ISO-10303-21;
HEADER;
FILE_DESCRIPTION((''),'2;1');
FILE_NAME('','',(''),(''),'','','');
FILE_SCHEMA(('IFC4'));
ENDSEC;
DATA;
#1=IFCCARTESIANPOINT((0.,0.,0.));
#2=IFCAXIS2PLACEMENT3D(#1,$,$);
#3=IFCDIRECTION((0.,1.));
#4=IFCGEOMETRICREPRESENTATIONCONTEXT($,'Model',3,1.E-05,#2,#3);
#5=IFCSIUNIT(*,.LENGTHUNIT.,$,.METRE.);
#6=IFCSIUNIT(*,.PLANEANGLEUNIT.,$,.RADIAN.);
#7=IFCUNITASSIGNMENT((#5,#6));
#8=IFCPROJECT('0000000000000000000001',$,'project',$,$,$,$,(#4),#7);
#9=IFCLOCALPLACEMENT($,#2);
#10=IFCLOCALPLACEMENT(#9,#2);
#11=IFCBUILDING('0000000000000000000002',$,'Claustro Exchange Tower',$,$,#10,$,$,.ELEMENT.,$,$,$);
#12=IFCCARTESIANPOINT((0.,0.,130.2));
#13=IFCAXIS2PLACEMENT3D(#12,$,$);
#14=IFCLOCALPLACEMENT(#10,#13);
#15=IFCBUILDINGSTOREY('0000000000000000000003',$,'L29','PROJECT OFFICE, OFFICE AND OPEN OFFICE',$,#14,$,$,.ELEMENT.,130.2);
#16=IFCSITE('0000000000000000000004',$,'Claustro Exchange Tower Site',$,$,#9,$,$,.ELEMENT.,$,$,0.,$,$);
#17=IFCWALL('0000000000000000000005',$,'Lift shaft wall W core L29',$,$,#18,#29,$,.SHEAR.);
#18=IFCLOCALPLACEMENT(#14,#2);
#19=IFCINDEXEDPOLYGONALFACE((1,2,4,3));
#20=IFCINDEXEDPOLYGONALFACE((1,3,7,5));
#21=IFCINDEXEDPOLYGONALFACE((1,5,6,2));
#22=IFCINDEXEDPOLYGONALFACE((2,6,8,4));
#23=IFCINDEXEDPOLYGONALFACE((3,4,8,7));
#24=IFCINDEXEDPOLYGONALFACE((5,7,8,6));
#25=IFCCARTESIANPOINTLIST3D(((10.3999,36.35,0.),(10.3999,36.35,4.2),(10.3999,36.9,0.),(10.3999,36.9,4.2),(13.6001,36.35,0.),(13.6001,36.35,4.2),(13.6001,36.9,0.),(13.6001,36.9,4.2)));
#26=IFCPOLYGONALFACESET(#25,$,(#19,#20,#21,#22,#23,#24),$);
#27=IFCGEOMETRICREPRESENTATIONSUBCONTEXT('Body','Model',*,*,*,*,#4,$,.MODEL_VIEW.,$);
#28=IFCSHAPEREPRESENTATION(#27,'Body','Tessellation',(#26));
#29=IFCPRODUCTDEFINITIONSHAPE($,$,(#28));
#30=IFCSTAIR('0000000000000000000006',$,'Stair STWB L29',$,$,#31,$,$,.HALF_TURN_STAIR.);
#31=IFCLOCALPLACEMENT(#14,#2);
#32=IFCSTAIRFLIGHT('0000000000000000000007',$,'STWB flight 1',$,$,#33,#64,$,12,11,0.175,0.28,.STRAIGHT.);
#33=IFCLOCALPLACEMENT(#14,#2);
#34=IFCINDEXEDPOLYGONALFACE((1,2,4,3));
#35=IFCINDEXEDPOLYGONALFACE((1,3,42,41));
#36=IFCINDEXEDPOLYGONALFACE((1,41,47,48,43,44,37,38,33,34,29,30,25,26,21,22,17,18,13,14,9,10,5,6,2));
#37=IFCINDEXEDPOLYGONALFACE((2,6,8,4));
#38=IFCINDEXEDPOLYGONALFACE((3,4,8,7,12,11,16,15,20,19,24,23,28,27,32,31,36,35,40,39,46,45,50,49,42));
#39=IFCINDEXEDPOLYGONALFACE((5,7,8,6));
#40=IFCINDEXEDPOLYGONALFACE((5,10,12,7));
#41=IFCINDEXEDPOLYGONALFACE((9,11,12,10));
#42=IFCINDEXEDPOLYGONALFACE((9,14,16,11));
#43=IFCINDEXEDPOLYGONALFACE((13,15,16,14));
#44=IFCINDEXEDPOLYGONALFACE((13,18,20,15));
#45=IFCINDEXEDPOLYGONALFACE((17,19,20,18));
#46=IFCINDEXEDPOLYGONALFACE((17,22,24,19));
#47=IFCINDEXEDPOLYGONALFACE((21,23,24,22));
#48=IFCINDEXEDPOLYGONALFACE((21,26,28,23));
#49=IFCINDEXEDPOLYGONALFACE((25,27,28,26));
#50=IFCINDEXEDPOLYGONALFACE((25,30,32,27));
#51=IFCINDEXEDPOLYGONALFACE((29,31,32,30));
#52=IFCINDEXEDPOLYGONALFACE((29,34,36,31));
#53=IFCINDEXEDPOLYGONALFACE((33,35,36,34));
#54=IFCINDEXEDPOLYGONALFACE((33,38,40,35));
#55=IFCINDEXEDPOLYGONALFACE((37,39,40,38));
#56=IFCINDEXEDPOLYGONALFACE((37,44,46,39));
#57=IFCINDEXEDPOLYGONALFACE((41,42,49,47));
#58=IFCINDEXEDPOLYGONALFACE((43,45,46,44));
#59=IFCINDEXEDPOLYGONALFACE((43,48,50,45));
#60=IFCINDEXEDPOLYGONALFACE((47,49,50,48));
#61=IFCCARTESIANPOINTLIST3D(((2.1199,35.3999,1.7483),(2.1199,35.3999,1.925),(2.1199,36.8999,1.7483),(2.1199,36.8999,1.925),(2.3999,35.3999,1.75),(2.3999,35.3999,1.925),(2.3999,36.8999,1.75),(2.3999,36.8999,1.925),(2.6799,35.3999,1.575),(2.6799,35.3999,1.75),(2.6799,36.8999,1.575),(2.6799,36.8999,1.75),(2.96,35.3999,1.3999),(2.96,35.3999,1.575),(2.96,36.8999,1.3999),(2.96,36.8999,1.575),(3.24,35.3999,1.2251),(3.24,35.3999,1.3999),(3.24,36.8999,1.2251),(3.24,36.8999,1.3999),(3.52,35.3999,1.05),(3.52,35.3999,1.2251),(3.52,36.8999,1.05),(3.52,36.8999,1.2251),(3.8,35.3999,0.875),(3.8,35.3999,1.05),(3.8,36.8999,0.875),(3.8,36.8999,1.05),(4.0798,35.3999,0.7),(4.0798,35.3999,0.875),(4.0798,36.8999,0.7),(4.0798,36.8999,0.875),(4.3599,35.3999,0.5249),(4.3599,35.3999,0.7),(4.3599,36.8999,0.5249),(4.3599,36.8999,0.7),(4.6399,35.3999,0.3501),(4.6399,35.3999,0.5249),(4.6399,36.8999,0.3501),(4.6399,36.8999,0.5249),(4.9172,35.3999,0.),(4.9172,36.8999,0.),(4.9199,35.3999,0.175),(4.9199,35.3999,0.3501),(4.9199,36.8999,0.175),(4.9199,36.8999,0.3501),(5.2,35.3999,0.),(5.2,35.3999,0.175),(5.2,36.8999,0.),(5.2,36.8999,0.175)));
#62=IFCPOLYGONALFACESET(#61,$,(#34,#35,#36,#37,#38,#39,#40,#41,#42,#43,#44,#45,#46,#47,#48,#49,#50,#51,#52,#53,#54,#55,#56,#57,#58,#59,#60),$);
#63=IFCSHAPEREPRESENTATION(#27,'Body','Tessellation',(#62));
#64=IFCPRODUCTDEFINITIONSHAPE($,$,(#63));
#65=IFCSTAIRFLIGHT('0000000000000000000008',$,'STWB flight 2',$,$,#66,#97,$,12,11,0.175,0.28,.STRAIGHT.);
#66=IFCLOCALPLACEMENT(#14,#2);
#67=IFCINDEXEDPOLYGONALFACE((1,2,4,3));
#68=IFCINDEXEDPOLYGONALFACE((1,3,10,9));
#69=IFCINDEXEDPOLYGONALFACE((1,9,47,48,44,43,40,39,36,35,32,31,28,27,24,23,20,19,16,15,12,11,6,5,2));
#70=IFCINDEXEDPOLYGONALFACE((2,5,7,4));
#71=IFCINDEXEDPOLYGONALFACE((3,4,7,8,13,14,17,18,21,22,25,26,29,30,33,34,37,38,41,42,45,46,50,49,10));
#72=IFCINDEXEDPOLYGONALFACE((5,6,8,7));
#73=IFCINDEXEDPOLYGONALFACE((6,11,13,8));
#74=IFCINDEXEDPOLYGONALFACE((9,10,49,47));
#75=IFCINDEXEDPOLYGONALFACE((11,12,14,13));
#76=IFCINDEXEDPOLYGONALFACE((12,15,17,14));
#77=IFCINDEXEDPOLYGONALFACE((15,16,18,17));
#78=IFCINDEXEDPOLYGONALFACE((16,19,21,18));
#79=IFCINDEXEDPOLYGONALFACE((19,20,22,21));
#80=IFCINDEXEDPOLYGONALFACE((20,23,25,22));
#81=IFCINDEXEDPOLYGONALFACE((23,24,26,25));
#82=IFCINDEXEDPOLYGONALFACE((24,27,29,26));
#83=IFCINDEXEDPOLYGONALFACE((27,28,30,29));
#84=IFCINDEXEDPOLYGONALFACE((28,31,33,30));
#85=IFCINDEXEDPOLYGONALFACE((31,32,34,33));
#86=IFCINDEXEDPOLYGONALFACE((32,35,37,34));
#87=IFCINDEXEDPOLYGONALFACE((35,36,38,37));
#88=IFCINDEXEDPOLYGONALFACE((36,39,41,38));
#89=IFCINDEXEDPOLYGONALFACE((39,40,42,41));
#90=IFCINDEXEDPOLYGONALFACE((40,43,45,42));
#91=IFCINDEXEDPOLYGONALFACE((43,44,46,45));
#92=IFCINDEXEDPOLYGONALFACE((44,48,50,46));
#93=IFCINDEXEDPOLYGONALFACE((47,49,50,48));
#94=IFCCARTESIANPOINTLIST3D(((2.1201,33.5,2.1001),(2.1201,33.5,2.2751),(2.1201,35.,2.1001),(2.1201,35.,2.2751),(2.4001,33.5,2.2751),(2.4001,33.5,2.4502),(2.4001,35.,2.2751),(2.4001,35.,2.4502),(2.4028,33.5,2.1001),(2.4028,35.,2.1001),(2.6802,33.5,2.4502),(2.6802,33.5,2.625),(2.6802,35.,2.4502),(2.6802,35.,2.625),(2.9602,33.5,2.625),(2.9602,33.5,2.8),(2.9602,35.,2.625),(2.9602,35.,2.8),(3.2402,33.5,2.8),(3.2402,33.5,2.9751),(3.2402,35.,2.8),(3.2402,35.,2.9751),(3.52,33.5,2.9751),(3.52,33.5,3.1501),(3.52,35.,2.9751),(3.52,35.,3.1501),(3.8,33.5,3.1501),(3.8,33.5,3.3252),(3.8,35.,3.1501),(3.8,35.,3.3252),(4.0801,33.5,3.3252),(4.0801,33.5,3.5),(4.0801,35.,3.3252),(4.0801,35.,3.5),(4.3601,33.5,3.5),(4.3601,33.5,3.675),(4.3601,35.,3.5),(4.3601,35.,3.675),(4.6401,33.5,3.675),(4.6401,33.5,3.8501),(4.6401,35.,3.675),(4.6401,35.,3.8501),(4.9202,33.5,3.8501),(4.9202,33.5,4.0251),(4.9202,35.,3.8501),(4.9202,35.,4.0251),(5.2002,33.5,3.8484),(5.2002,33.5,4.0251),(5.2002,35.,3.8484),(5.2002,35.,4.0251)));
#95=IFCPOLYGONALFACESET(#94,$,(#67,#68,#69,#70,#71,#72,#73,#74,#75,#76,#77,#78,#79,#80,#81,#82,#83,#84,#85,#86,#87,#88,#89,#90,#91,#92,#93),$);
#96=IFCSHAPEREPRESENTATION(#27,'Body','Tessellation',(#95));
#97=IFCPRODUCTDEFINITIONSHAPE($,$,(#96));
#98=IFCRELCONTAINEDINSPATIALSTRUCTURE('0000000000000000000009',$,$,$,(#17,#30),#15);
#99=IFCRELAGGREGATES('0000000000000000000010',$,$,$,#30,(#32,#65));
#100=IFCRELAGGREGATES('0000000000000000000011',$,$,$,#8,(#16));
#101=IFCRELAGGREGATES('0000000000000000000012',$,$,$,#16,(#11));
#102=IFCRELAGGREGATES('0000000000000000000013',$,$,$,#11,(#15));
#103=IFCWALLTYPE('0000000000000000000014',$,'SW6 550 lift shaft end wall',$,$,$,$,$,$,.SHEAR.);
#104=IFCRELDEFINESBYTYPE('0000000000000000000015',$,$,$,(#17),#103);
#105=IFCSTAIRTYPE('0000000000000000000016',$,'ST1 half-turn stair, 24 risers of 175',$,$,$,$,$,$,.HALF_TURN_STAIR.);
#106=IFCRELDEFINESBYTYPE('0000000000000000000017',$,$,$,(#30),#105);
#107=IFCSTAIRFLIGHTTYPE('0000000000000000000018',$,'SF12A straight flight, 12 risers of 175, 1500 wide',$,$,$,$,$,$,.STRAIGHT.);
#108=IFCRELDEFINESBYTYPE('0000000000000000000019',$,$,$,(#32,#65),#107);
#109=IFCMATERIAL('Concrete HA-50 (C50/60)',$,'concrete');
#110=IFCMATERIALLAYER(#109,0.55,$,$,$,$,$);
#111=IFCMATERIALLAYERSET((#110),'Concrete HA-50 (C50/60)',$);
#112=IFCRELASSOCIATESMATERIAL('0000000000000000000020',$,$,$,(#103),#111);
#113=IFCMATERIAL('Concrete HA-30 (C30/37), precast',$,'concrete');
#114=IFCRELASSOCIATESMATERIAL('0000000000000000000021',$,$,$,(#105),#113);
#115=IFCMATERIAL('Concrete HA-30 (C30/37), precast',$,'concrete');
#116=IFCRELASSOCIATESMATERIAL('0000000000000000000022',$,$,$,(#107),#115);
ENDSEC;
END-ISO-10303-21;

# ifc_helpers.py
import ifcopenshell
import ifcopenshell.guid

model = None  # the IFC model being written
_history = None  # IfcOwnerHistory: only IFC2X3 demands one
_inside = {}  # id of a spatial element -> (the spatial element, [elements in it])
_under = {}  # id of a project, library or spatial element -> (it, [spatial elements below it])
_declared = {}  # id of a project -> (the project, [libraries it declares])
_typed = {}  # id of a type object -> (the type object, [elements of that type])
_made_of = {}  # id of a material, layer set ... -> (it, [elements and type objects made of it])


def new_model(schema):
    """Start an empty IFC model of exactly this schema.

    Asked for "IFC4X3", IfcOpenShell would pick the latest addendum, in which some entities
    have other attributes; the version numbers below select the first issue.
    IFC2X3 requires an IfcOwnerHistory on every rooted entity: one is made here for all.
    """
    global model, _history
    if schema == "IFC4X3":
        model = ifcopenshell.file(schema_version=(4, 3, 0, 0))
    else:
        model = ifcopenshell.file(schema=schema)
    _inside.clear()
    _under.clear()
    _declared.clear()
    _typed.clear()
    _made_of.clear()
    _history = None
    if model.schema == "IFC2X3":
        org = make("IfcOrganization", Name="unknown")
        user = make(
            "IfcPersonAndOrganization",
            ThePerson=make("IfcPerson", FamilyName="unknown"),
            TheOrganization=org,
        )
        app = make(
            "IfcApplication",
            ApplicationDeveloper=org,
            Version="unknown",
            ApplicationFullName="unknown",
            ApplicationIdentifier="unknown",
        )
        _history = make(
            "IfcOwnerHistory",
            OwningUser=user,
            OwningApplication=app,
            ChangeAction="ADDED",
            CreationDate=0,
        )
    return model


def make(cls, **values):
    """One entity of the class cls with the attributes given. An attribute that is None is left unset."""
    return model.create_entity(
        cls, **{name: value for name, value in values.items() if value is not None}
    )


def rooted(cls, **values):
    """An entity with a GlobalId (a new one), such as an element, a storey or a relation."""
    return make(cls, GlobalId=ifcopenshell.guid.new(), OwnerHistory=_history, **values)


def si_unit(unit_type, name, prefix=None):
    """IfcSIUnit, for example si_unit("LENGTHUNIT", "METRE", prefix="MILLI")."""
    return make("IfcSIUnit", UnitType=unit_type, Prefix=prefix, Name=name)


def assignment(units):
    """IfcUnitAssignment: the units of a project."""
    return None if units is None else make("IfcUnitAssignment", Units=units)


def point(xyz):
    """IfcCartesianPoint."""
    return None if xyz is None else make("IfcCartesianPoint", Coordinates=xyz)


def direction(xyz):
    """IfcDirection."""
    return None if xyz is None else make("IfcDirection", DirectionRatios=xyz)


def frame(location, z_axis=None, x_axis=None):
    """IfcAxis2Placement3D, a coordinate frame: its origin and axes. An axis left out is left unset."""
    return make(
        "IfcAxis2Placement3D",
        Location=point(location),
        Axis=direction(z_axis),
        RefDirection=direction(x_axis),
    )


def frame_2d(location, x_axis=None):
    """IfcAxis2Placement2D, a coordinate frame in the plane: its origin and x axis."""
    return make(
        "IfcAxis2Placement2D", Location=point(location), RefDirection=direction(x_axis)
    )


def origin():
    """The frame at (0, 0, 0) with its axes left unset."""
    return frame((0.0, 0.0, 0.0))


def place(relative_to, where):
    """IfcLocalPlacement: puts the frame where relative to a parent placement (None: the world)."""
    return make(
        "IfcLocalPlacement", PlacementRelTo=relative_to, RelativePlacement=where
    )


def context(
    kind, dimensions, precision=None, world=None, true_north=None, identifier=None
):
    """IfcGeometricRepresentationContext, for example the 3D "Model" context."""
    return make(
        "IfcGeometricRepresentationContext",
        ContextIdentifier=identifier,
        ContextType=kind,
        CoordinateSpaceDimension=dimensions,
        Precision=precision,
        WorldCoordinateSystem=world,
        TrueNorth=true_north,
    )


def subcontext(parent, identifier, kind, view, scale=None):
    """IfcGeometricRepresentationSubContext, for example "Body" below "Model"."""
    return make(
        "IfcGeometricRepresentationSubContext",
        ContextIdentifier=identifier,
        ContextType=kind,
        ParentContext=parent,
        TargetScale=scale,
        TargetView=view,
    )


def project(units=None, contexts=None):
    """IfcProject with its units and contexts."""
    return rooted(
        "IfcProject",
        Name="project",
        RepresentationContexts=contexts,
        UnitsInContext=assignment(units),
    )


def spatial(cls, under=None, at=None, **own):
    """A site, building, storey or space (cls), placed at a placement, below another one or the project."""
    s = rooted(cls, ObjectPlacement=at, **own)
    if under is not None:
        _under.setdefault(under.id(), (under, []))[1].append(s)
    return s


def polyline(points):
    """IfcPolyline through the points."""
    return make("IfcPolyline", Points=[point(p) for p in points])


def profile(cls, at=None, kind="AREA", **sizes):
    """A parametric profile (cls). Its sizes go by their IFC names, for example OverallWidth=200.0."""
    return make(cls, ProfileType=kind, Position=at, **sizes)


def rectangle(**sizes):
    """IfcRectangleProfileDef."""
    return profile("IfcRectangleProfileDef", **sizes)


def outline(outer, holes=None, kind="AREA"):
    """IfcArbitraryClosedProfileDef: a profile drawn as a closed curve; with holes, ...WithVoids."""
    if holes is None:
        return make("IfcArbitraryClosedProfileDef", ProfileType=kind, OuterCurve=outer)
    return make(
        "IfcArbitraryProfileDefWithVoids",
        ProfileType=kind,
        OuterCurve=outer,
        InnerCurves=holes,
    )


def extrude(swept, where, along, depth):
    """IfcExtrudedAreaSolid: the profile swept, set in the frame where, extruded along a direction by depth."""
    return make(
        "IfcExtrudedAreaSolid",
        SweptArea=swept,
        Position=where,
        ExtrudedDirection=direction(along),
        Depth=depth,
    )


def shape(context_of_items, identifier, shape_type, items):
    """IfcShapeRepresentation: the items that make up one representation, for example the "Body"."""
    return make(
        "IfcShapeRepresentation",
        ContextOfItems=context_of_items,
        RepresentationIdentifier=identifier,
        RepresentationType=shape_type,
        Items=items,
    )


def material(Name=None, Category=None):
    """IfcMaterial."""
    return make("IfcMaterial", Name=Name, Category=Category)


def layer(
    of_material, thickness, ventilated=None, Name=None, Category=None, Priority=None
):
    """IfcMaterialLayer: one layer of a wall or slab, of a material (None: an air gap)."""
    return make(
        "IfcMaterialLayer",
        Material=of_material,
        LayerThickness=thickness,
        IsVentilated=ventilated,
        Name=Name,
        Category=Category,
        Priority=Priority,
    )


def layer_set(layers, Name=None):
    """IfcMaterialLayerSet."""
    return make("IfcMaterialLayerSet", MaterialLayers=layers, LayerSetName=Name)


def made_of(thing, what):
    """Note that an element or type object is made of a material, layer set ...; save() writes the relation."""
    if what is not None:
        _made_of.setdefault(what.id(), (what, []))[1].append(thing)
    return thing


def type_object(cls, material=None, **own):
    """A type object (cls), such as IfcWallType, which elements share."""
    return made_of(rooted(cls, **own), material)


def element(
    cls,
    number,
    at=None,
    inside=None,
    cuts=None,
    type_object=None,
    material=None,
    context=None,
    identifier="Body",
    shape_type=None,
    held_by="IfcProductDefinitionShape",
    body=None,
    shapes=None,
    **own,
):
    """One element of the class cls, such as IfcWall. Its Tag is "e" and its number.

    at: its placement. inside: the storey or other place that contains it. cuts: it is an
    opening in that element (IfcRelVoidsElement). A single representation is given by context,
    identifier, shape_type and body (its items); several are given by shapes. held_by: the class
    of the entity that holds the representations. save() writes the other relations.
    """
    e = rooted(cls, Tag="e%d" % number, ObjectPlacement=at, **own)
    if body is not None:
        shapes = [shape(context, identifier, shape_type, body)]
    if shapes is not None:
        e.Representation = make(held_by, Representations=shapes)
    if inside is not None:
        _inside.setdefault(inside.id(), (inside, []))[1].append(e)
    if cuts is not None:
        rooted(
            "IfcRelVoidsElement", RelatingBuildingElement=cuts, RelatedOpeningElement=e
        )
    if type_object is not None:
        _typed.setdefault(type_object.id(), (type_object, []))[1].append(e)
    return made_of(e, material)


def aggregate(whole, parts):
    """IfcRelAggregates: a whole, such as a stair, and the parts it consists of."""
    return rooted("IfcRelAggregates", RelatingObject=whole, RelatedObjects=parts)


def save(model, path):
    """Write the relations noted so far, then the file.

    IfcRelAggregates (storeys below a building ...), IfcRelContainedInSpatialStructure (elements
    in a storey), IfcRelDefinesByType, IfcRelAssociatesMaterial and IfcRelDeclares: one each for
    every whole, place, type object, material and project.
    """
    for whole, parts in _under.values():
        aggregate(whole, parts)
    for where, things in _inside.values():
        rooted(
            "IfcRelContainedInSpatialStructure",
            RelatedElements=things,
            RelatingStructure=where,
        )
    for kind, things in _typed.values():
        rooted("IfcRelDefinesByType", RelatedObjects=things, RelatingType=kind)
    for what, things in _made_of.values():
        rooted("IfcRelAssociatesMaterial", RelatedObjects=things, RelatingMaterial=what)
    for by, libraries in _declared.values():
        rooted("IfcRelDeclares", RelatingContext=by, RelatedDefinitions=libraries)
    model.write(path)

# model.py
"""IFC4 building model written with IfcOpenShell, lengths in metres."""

from ifc_helpers import new_model, si_unit, direction, frame, frame_2d, origin, place, context, subcontext, project, spatial, polyline, rectangle, outline, extrude, material, layer, layer_set, type_object, element, aggregate, save


model = new_model("IFC4")

# Units and contexts
model_context = context("Model", 3, precision=1e-05, world=origin(), true_north=direction((0.0, 1.0)))
body_context = subcontext(model_context, "Body", "Model", "MODEL_VIEW")
ifc_project = project(units=[si_unit("LENGTHUNIT", "METRE"), si_unit("PLANEANGLEUNIT", "RADIAN")], contexts=[model_context])

# Site, building, storey
site_placement = place(None, origin())
site = spatial("IfcSite", under=ifc_project, at=site_placement, Name="Claustro Exchange Tower Site", CompositionType="ELEMENT", RefElevation=0.0)
building_placement = place(site_placement, origin())
building = spatial("IfcBuilding", under=site, at=building_placement, Name="Claustro Exchange Tower", CompositionType="ELEMENT")
storey_placement = place(building_placement, frame((0.0, 0.0, 130.2)))
storey = spatial("IfcBuildingStorey", under=building, at=storey_placement, Name="L29", Description="PROJECT OFFICE, OFFICE AND OPEN OFFICE", CompositionType="ELEMENT", Elevation=130.2)

# Wall
ifc_material_1 = material(Name="Concrete HA-50 (C50/60)", Category="concrete")
ifc_layer_1 = layer(ifc_material_1, 0.55)
ifc_layer_set_1 = layer_set([ifc_layer_1], Name="Concrete HA-50 (C50/60)")
wall_type_1 = type_object("IfcWallType", Name="SW6 550 lift shaft end wall", PredefinedType="SHEAR", material=ifc_layer_set_1)
wall_1_placement = place(storey_placement, frame((10.3999, 36.625, 0.0), z_axis=(0.0, 0.0, 1.0), x_axis=(1.0, 0.0, 0.0)))
element("IfcWall", 1, at=wall_1_placement, inside=storey, type_object=wall_type_1, Name="Lift shaft wall W core L29", PredefinedType="SHEAR", context=body_context, shape_type="SweptSolid", body=[
    extrude(rectangle(XDim=3.2002, YDim=0.55, at=frame_2d((1.6001, 0.0))), origin(), (0.0, 0.0, 1.0), 4.2),
])

# Stair, stair flights
ifc_material_2 = material(Name="Concrete HA-30 (C30/37), precast", Category="concrete")
stair_type = type_object("IfcStairType", Name="ST1 half-turn stair, 24 risers of 175", PredefinedType="HALF_TURN_STAIR", material=ifc_material_2)
stair_placement = place(storey_placement, origin())
stair = element("IfcStair", 2, at=stair_placement, inside=storey, type_object=stair_type, Name="Stair STWB L29", PredefinedType="HALF_TURN_STAIR")
ifc_material_3 = material(Name="Concrete HA-30 (C30/37), precast", Category="concrete")
stair_flight_type = type_object("IfcStairFlightType", Name="SF12A straight flight, 12 risers of 175, 1500 wide", PredefinedType="STRAIGHT", material=ifc_material_3)
stair_flight_1_placement = place(storey_placement, frame((5.2, 36.1499, 0.0), z_axis=(0.0, 0.0, 1.0), x_axis=(-1.0, 0.0, 0.0)))
stair_flight_1 = element("IfcStairFlight", 3, at=stair_flight_1_placement, type_object=stair_flight_type, Name="STWB flight 1", NumberOfRisers=12, NumberOfTreads=11, PredefinedType="STRAIGHT", RiserHeight=0.175, TreadLength=0.28, context=body_context, shape_type="SweptSolid", body=[
    extrude(outline(polyline([(0.0, 0.0), (0.0, 0.175), (0.28, 0.175), (0.28, 0.3501), (0.5601, 0.3501), (0.5601, 0.5249), (0.8401, 0.5249), (0.8401, 0.7), (1.1201, 0.7), (1.1201, 0.875), (1.3999, 0.875), (1.3999, 1.05), (1.6799, 1.05), (1.6799, 1.2251), (1.96, 1.2251), (1.96, 1.3999), (2.24, 1.3999), (2.24, 1.575), (2.52, 1.575), (2.52, 1.75), (2.8, 1.75), (2.8, 1.925), (3.0801, 1.925), (3.0801, 2.1001), (3.0801, 1.7483), (0.2827, 0.0), (0.0, 0.0)])), frame((0.0, 0.75, 0.0), z_axis=(0.0, -1.0, 0.0), x_axis=(1.0, 0.0, 0.0)), (0.0, 0.0, 1.0), 1.5),
])
stair_flight_2_placement = place(storey_placement, frame((2.1201, 34.25, 2.1001), z_axis=(0.0, 0.0, 1.0), x_axis=(1.0, 0.0, 0.0)))
stair_flight_2 = element("IfcStairFlight", 4, at=stair_flight_2_placement, type_object=stair_flight_type, Name="STWB flight 2", NumberOfRisers=12, NumberOfTreads=11, PredefinedType="STRAIGHT", RiserHeight=0.175, TreadLength=0.28, context=body_context, shape_type="SweptSolid", body=[
    extrude(outline(polyline([(0.0, 0.0), (0.0, 0.175), (0.28, 0.175), (0.28, 0.3501), (0.5601, 0.3501), (0.5601, 0.5249), (0.8401, 0.5249), (0.8401, 0.7), (1.1201, 0.7), (1.1201, 0.875), (1.3999, 0.875), (1.3999, 1.05), (1.6799, 1.05), (1.6799, 1.2251), (1.96, 1.2251), (1.96, 1.3999), (2.24, 1.3999), (2.24, 1.575), (2.52, 1.575), (2.52, 1.75), (2.8, 1.75), (2.8, 1.925), (3.0801, 1.925), (3.0801, 2.1001), (3.0801, 1.7483), (0.2827, 0.0), (0.0, 0.0)])), frame((0.0, 0.75, 0.0), z_axis=(0.0, -1.0, 0.0), x_axis=(1.0, 0.0, 0.0)), (0.0, 0.0, 1.0), 1.5),
])
aggregate(stair, [stair_flight_1, stair_flight_2])

save(model, "model.ifc")
